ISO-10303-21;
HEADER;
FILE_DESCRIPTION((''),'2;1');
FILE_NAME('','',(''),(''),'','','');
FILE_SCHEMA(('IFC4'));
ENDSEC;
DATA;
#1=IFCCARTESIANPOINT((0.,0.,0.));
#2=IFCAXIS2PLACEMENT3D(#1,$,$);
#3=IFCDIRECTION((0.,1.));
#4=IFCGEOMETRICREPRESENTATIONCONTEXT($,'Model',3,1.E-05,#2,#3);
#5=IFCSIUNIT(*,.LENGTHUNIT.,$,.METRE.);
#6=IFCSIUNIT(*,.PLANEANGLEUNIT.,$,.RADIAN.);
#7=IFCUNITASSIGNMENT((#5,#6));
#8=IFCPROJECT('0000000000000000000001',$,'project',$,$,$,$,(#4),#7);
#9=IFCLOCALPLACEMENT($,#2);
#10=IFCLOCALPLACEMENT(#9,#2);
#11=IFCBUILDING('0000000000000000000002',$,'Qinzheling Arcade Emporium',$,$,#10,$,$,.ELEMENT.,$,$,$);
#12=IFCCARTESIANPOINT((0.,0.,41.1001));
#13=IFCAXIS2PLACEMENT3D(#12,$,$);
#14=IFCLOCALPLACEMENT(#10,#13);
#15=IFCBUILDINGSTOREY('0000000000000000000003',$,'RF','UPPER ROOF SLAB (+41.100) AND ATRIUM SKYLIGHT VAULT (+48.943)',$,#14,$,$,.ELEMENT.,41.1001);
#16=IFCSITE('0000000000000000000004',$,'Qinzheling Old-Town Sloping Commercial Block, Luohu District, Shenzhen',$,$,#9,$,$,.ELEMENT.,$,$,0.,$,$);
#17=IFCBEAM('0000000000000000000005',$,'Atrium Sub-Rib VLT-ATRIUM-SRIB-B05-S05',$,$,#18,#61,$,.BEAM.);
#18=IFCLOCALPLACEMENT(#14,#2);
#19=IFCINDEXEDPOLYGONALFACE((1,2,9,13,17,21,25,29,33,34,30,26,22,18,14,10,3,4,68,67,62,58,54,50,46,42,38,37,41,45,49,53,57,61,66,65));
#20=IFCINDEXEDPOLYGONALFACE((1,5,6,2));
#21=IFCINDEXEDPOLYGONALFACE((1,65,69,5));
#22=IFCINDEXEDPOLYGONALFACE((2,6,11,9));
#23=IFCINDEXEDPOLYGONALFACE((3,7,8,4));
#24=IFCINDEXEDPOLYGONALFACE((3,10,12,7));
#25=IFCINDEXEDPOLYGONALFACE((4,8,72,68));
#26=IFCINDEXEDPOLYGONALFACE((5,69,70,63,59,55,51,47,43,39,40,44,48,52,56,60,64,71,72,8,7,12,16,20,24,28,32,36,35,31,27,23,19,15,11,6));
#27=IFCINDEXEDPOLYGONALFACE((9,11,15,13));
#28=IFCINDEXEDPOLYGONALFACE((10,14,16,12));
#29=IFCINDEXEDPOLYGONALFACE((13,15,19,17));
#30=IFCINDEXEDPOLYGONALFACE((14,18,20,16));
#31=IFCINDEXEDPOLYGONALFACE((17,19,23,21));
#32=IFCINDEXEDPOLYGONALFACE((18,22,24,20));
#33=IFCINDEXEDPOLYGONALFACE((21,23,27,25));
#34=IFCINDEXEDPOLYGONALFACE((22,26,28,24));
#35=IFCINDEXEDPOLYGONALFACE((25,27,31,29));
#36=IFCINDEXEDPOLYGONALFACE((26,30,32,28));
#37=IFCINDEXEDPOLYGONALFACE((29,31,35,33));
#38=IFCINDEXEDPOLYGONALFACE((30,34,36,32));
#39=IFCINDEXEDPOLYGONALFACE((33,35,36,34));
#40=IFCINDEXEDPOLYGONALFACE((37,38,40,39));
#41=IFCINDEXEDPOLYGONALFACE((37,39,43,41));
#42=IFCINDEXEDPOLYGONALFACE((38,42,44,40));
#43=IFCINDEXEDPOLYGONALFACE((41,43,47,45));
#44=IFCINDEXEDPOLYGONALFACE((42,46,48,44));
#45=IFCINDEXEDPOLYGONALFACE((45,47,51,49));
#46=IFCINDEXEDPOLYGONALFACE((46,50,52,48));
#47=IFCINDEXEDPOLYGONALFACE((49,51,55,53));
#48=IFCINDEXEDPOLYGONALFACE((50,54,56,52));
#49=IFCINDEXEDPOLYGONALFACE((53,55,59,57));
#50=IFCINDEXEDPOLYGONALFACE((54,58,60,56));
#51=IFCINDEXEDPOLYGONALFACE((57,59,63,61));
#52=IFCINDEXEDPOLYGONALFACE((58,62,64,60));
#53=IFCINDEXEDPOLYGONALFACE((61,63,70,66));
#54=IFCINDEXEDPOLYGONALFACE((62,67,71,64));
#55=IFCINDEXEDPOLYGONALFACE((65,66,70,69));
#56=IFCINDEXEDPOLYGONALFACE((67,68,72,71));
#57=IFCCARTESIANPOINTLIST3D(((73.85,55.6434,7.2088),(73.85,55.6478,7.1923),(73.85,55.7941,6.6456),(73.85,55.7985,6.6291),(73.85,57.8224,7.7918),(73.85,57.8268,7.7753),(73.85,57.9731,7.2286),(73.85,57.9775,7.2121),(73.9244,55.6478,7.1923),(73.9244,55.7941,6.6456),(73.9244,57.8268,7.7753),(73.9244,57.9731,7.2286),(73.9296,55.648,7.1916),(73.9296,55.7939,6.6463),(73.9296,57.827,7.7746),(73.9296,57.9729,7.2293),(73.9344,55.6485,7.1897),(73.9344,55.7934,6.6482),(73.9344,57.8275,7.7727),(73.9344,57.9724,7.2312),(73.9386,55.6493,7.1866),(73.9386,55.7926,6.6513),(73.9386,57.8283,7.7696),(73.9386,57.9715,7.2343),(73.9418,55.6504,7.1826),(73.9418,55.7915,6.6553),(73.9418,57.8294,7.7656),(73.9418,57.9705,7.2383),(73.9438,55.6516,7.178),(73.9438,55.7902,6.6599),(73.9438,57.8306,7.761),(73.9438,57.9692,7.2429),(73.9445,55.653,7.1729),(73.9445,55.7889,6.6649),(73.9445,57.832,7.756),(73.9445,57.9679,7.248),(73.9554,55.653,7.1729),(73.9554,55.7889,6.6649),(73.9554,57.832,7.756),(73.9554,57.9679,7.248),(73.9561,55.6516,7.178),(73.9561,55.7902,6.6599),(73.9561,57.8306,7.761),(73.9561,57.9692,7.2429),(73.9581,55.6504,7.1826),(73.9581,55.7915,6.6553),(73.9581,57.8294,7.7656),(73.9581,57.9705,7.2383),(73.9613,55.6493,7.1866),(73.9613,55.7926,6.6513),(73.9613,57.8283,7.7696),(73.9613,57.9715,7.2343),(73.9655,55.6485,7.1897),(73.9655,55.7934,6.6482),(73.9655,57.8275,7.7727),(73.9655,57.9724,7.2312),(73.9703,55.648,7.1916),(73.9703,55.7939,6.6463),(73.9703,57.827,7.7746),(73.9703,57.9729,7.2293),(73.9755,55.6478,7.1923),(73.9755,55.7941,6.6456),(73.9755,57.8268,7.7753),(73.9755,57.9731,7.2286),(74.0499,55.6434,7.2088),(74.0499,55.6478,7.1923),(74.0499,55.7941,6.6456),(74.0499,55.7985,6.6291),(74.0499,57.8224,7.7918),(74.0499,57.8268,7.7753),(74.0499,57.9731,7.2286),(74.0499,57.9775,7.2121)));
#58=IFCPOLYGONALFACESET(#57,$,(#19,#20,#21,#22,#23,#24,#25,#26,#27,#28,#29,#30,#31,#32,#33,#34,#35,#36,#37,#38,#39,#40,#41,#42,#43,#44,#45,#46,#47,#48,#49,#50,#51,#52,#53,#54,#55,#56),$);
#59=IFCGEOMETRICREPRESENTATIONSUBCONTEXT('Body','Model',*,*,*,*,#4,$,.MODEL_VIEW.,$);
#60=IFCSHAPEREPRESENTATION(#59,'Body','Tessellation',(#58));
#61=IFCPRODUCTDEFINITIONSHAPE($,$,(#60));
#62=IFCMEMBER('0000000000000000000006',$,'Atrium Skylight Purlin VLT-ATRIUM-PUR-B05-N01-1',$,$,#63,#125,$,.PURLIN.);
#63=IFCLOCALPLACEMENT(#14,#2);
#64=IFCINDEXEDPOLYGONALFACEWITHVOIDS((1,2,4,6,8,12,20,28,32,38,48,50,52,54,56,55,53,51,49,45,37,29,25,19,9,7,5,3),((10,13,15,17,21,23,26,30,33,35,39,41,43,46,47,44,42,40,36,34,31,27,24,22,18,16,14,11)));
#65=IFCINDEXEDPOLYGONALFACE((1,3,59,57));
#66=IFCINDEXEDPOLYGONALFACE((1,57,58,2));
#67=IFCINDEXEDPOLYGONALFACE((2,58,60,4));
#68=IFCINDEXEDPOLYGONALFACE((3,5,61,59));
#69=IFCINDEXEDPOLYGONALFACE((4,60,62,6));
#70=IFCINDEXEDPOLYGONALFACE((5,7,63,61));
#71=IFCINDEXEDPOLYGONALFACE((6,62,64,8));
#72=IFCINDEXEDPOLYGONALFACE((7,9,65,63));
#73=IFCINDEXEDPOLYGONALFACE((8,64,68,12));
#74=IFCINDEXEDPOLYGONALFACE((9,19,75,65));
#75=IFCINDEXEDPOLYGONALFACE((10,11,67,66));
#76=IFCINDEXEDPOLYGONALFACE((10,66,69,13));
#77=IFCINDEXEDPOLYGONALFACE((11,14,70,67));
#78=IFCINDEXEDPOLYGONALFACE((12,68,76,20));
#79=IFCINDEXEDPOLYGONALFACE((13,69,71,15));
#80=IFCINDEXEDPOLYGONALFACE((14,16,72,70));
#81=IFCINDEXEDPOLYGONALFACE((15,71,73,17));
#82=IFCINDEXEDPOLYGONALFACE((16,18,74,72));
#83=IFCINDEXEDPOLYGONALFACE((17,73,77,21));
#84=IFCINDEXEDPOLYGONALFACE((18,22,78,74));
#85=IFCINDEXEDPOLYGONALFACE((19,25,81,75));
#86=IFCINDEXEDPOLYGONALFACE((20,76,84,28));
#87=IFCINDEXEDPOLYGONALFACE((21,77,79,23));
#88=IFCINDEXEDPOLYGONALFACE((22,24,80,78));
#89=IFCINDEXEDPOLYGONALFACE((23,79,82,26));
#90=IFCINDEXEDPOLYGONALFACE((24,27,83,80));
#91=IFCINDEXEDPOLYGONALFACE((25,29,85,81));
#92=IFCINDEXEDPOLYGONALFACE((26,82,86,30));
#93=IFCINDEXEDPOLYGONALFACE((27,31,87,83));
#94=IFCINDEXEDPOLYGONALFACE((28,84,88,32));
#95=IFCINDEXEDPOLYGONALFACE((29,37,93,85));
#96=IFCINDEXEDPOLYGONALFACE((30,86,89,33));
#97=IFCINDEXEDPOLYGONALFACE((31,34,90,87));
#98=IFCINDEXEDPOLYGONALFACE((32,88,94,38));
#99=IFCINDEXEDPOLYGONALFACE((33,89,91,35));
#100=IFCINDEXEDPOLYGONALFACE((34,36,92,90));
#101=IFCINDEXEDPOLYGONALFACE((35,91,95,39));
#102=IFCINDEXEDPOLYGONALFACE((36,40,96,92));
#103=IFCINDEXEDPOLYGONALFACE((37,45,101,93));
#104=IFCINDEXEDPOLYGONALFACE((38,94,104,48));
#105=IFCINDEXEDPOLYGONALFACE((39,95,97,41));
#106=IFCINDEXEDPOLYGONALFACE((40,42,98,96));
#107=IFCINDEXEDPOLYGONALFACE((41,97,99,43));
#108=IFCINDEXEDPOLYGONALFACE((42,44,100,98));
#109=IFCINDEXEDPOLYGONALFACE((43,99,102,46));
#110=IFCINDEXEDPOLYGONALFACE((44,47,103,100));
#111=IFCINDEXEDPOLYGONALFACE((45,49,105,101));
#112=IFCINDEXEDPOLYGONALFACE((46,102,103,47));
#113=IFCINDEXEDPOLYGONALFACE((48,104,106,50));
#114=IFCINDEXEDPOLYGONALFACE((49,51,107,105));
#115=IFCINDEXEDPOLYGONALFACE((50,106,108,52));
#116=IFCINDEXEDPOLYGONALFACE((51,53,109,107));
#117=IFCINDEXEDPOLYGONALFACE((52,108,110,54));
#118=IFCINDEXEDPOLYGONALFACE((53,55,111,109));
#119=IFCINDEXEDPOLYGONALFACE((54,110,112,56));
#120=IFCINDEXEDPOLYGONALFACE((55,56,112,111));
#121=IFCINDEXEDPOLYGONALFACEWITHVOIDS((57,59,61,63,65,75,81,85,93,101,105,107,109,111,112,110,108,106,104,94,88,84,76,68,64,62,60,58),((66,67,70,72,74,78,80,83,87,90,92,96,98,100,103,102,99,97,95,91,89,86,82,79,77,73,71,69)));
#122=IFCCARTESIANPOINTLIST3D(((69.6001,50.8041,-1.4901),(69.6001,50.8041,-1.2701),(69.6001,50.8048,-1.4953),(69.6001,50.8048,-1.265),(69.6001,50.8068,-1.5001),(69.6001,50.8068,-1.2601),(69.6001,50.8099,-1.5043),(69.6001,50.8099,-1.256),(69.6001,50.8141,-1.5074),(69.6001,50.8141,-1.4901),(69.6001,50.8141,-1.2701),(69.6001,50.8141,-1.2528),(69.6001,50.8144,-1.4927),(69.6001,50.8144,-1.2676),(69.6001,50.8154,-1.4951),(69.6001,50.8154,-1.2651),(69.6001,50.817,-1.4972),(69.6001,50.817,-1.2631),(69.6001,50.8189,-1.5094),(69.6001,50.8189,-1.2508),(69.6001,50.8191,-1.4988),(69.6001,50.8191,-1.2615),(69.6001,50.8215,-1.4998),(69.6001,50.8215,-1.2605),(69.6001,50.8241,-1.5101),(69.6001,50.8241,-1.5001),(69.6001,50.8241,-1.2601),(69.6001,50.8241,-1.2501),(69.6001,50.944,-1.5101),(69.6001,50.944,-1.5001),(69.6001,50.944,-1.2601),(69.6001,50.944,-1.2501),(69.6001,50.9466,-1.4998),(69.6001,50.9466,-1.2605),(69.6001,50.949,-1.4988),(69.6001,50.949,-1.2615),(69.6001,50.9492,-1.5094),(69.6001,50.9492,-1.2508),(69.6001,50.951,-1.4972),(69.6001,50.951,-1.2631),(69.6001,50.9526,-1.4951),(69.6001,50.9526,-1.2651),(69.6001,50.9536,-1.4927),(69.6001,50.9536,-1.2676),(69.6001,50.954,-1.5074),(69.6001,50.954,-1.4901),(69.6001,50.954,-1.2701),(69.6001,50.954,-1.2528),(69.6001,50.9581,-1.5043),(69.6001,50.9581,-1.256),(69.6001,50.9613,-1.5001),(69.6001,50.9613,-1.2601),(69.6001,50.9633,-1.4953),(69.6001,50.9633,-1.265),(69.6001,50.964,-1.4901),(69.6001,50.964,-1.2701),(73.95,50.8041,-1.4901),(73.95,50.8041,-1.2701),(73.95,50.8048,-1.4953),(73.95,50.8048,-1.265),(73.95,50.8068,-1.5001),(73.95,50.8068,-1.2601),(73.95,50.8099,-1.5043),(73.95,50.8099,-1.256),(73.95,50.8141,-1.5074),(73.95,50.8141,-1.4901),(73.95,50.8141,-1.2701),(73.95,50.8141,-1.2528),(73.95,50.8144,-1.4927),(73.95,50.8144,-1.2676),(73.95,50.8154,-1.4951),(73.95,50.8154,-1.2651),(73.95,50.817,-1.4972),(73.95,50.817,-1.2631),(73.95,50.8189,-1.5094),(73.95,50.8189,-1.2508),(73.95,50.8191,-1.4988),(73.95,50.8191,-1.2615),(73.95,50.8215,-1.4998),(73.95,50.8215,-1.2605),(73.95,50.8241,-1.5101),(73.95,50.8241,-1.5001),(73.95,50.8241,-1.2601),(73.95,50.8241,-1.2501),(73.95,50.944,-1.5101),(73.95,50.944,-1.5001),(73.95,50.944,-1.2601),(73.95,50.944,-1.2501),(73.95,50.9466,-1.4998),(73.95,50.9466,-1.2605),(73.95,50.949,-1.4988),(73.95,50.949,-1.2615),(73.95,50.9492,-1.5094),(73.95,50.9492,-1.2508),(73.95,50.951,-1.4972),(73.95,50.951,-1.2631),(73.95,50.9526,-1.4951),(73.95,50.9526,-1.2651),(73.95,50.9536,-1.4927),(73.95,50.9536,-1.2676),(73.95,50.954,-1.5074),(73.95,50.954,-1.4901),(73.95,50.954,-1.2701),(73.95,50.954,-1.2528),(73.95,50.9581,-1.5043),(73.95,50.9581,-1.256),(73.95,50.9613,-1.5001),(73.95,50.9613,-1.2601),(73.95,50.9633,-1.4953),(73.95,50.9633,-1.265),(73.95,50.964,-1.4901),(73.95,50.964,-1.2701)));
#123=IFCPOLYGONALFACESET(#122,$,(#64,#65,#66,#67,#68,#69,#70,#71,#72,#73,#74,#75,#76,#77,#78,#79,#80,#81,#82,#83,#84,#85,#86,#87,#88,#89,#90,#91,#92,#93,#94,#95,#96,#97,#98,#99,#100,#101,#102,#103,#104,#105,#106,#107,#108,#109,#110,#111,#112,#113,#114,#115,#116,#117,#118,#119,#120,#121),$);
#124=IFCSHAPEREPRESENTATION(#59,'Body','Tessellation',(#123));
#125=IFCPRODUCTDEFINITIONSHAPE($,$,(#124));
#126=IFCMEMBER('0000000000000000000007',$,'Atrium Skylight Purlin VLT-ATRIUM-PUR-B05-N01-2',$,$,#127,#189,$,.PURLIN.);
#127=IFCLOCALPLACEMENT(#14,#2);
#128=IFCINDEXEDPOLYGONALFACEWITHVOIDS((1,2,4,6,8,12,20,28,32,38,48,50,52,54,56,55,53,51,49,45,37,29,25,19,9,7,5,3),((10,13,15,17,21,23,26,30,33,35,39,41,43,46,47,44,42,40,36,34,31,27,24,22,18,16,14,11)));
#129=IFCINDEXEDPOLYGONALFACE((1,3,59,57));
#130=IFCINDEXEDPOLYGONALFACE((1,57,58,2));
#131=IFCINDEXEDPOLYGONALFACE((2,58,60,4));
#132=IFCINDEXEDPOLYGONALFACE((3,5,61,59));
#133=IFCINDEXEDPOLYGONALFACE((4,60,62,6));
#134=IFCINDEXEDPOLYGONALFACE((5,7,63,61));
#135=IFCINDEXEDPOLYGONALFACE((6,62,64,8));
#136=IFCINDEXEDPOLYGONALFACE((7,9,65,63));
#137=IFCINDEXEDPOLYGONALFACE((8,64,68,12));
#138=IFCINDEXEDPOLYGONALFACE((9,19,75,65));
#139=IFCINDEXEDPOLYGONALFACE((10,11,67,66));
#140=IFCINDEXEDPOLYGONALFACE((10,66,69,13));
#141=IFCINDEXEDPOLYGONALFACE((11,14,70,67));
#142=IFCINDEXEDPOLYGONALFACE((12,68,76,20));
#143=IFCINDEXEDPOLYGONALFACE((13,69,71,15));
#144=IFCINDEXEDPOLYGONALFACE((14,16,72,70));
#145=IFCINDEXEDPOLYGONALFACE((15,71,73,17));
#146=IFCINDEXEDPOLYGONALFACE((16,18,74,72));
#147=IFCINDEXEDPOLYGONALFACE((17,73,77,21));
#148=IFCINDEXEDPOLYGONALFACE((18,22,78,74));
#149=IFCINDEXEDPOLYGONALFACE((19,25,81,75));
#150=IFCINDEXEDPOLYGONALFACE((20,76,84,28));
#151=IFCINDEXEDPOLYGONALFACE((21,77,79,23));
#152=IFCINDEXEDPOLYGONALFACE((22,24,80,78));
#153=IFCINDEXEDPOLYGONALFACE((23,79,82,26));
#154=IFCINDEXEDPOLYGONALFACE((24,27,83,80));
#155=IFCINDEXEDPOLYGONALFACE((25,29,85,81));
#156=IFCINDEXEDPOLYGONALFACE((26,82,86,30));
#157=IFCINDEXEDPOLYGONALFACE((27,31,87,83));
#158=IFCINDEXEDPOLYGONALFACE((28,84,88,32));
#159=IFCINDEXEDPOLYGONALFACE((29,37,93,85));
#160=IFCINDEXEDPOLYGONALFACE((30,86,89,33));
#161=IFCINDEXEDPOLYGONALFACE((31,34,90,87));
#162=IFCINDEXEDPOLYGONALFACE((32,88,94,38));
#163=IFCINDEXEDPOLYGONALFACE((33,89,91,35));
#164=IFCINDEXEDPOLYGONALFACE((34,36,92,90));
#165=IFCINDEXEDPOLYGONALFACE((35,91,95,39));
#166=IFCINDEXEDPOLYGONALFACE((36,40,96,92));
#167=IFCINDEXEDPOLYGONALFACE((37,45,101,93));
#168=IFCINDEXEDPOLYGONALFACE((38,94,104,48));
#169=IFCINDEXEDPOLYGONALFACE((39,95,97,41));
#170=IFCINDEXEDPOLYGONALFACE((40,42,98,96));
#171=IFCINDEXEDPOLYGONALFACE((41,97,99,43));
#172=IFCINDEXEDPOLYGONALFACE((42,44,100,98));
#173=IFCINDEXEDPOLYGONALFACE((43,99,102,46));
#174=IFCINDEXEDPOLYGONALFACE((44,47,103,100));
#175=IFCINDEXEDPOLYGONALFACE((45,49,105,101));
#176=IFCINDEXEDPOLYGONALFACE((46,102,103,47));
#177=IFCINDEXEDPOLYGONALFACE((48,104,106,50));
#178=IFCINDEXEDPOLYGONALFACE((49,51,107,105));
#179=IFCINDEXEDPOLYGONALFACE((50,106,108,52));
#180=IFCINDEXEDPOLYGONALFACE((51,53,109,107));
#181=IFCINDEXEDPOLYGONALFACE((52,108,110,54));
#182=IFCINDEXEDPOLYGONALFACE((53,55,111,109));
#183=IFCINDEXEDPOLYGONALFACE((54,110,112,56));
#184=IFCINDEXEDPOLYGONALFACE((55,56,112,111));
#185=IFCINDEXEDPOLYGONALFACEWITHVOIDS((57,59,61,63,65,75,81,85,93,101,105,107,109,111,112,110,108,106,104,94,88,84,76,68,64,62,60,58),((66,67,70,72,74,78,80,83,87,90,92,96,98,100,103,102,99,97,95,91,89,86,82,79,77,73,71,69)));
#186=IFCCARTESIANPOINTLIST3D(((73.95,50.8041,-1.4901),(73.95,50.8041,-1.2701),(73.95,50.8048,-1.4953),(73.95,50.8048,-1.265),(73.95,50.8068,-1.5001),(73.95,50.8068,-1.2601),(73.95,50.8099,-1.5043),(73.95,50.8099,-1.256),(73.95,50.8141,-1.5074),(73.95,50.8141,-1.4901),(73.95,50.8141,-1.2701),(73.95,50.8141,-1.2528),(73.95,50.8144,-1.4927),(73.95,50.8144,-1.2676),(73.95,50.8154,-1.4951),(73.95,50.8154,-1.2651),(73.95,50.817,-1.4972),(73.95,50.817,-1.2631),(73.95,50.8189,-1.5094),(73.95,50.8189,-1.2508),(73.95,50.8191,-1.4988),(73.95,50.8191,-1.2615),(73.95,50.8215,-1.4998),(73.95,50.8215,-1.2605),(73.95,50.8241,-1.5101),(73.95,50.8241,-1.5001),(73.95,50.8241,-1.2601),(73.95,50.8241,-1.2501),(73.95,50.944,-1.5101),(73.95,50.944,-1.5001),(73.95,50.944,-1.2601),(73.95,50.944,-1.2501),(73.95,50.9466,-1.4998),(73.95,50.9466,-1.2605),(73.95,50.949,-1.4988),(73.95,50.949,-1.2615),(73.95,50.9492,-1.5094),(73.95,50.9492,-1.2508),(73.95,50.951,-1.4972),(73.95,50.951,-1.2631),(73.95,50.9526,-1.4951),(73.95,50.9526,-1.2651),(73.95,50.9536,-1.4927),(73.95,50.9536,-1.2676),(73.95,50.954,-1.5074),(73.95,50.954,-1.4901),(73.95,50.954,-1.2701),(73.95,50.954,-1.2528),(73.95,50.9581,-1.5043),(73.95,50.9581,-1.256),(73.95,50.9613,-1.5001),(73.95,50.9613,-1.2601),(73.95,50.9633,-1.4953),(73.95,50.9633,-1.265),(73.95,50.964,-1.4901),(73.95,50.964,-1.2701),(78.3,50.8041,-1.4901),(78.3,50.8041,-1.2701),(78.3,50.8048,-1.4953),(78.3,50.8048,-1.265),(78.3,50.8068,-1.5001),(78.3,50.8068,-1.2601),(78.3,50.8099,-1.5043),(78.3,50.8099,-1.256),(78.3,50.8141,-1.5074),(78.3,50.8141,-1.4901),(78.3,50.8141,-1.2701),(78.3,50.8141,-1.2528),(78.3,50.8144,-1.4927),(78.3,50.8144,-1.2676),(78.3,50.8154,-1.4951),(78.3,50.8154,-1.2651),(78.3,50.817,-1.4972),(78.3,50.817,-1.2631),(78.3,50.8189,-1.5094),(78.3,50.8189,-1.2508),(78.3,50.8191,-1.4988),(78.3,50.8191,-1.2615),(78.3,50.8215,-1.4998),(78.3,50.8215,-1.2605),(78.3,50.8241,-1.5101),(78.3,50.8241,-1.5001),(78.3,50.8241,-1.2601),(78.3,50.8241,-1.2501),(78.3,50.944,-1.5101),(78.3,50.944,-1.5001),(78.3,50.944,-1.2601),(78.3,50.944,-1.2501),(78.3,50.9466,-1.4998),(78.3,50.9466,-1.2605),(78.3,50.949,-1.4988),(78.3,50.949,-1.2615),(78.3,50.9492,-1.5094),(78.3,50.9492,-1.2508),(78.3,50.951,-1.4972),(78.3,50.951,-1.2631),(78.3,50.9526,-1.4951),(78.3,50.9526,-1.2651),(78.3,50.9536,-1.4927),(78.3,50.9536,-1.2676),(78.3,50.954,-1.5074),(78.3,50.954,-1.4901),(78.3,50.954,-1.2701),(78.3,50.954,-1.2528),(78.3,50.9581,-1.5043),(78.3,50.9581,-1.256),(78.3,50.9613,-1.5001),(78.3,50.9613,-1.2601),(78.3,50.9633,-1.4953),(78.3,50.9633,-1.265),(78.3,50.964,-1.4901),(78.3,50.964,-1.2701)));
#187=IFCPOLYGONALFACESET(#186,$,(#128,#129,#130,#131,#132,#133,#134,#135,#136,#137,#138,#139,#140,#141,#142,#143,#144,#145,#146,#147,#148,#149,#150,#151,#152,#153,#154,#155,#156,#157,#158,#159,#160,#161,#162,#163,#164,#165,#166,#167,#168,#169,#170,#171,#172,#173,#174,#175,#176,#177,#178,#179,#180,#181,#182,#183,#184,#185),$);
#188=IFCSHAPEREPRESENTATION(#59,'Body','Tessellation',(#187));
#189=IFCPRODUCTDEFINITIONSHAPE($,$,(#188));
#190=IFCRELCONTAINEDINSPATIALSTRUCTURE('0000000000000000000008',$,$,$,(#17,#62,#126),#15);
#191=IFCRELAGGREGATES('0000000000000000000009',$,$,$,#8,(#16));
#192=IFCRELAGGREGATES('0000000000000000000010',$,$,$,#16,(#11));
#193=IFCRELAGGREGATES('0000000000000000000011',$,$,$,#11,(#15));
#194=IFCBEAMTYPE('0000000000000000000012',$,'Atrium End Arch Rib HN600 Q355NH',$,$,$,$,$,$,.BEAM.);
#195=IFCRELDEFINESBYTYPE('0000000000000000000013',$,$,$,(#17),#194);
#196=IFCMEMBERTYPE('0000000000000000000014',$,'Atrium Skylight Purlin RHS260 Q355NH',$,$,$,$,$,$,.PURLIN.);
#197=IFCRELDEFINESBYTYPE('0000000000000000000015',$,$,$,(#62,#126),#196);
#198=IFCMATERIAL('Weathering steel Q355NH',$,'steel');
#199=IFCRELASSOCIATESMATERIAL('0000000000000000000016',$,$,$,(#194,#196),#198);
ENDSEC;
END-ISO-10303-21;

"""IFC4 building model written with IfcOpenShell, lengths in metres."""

from ifc_helpers import new_model, si_unit, direction, frame, origin, origin_2d, place, context, subcontext, project, spatial, hollow_rectangle, i_section, extrude, material, material_profile, profile_set, type_object, element, save


model = new_model("IFC4")

# Units and contexts
model_context = context("Model", 3, precision=1e-05, world=origin(), true_north=direction((0.0, 1.0)))
body_context = subcontext(model_context, "Body", "Model", "MODEL_VIEW")
ifc_project = project(units=[si_unit("LENGTHUNIT", "METRE"), si_unit("PLANEANGLEUNIT", "RADIAN")], contexts=[model_context])

# Site, building, storey
site_placement = place(None, origin())
site = spatial("IfcSite", under=ifc_project, at=site_placement, Name="Qinzheling Old-Town Sloping Commercial Block, Luohu District, Shenzhen", CompositionType="ELEMENT", RefElevation=0.0)
building_placement = place(site_placement, origin())
building = spatial("IfcBuilding", under=site, at=building_placement, Name="Qinzheling Arcade Emporium", CompositionType="ELEMENT")
storey_placement = place(building_placement, frame((0.0, 0.0, 41.1001)))
storey = spatial("IfcBuildingStorey", under=building, at=storey_placement, Name="RF", Description="UPPER ROOF SLAB (+41.100) AND ATRIUM SKYLIGHT VAULT (+48.943)", CompositionType="ELEMENT", Elevation=41.1001)

# Beam
ifc_material_1 = material(Name="Weathering steel Q355NH", Category="steel")
ifc_material_profile_1 = material_profile(ifc_material_1, i_section(OverallWidth=0.2, OverallDepth=0.6001, WebThickness=0.011, FlangeThickness=0.0171, FilletRadius=0.02, at=origin_2d()), Name="HN 600x200x11x17", Category="steel")
ifc_profile_set_1 = profile_set([ifc_material_profile_1], Name="Weathering steel Q355NH")
beam_type_1 = type_object("IfcBeamType", Name="Atrium End Arch Rib HN600 Q355NH", PredefinedType="BEAM", material=ifc_profile_set_1)
beam_1_placement = place(storey_placement, frame((73.95, 55.7209, 6.9189), z_axis=(0.0, 0.966019, 0.258471), x_axis=(-1.0, 0.0, 0.0)))
element("IfcBeam", 1, at=beam_1_placement, inside=storey, type_object=beam_type_1, Name="Atrium Sub-Rib VLT-ATRIUM-SRIB-B05-S05", PredefinedType="BEAM", context=body_context, shape_type="SweptSolid", body=[
    extrude(i_section(OverallWidth=0.2, OverallDepth=0.6001, WebThickness=0.011, FlangeThickness=0.0171, FilletRadius=0.02, at=origin_2d()), origin(), (0.0, 0.0, 1.0), 2.2556),
])

# Members
ifc_material_profile_2 = material_profile(ifc_material_1, hollow_rectangle(XDim=0.1599, YDim=0.26, WallThickness=0.01, InnerFilletRadius=0.01, OuterFilletRadius=0.02, at=origin_2d()), Name="RHS 260x160x10", Category="steel")
ifc_profile_set_2 = profile_set([ifc_material_profile_2], Name="Weathering steel Q355NH")
member_type_1 = type_object("IfcMemberType", Name="Atrium Skylight Purlin RHS260 Q355NH", PredefinedType="PURLIN", material=ifc_profile_set_2)
member_1_placement = place(storey_placement, frame((69.6001, 50.884, -1.3801), z_axis=(1.0, 0.0, 0.0), x_axis=(0.0, 1.0, 0.0)))
element("IfcMember", 2, at=member_1_placement, inside=storey, type_object=member_type_1, Name="Atrium Skylight Purlin VLT-ATRIUM-PUR-B05-N01-1", PredefinedType="PURLIN", context=body_context, shape_type="SweptSolid", body=[
    extrude(hollow_rectangle(XDim=0.1599, YDim=0.26, WallThickness=0.01, InnerFilletRadius=0.01, OuterFilletRadius=0.02, at=origin_2d()), origin(), (0.0, 0.0, 1.0), 4.3499),
])
member_2_placement = place(storey_placement, frame((73.95, 50.884, -1.3801), z_axis=(1.0, 0.0, 0.0), x_axis=(0.0, 1.0, 0.0)))
element("IfcMember", 3, at=member_2_placement, inside=storey, type_object=member_type_1, Name="Atrium Skylight Purlin VLT-ATRIUM-PUR-B05-N01-2", PredefinedType="PURLIN", context=body_context, shape_type="SweptSolid", body=[
    extrude(hollow_rectangle(XDim=0.1599, YDim=0.26, WallThickness=0.01, InnerFilletRadius=0.01, OuterFilletRadius=0.02, at=origin_2d()), origin(), (0.0, 0.0, 1.0), 4.3501),
])

save(model, "model.ifc")
